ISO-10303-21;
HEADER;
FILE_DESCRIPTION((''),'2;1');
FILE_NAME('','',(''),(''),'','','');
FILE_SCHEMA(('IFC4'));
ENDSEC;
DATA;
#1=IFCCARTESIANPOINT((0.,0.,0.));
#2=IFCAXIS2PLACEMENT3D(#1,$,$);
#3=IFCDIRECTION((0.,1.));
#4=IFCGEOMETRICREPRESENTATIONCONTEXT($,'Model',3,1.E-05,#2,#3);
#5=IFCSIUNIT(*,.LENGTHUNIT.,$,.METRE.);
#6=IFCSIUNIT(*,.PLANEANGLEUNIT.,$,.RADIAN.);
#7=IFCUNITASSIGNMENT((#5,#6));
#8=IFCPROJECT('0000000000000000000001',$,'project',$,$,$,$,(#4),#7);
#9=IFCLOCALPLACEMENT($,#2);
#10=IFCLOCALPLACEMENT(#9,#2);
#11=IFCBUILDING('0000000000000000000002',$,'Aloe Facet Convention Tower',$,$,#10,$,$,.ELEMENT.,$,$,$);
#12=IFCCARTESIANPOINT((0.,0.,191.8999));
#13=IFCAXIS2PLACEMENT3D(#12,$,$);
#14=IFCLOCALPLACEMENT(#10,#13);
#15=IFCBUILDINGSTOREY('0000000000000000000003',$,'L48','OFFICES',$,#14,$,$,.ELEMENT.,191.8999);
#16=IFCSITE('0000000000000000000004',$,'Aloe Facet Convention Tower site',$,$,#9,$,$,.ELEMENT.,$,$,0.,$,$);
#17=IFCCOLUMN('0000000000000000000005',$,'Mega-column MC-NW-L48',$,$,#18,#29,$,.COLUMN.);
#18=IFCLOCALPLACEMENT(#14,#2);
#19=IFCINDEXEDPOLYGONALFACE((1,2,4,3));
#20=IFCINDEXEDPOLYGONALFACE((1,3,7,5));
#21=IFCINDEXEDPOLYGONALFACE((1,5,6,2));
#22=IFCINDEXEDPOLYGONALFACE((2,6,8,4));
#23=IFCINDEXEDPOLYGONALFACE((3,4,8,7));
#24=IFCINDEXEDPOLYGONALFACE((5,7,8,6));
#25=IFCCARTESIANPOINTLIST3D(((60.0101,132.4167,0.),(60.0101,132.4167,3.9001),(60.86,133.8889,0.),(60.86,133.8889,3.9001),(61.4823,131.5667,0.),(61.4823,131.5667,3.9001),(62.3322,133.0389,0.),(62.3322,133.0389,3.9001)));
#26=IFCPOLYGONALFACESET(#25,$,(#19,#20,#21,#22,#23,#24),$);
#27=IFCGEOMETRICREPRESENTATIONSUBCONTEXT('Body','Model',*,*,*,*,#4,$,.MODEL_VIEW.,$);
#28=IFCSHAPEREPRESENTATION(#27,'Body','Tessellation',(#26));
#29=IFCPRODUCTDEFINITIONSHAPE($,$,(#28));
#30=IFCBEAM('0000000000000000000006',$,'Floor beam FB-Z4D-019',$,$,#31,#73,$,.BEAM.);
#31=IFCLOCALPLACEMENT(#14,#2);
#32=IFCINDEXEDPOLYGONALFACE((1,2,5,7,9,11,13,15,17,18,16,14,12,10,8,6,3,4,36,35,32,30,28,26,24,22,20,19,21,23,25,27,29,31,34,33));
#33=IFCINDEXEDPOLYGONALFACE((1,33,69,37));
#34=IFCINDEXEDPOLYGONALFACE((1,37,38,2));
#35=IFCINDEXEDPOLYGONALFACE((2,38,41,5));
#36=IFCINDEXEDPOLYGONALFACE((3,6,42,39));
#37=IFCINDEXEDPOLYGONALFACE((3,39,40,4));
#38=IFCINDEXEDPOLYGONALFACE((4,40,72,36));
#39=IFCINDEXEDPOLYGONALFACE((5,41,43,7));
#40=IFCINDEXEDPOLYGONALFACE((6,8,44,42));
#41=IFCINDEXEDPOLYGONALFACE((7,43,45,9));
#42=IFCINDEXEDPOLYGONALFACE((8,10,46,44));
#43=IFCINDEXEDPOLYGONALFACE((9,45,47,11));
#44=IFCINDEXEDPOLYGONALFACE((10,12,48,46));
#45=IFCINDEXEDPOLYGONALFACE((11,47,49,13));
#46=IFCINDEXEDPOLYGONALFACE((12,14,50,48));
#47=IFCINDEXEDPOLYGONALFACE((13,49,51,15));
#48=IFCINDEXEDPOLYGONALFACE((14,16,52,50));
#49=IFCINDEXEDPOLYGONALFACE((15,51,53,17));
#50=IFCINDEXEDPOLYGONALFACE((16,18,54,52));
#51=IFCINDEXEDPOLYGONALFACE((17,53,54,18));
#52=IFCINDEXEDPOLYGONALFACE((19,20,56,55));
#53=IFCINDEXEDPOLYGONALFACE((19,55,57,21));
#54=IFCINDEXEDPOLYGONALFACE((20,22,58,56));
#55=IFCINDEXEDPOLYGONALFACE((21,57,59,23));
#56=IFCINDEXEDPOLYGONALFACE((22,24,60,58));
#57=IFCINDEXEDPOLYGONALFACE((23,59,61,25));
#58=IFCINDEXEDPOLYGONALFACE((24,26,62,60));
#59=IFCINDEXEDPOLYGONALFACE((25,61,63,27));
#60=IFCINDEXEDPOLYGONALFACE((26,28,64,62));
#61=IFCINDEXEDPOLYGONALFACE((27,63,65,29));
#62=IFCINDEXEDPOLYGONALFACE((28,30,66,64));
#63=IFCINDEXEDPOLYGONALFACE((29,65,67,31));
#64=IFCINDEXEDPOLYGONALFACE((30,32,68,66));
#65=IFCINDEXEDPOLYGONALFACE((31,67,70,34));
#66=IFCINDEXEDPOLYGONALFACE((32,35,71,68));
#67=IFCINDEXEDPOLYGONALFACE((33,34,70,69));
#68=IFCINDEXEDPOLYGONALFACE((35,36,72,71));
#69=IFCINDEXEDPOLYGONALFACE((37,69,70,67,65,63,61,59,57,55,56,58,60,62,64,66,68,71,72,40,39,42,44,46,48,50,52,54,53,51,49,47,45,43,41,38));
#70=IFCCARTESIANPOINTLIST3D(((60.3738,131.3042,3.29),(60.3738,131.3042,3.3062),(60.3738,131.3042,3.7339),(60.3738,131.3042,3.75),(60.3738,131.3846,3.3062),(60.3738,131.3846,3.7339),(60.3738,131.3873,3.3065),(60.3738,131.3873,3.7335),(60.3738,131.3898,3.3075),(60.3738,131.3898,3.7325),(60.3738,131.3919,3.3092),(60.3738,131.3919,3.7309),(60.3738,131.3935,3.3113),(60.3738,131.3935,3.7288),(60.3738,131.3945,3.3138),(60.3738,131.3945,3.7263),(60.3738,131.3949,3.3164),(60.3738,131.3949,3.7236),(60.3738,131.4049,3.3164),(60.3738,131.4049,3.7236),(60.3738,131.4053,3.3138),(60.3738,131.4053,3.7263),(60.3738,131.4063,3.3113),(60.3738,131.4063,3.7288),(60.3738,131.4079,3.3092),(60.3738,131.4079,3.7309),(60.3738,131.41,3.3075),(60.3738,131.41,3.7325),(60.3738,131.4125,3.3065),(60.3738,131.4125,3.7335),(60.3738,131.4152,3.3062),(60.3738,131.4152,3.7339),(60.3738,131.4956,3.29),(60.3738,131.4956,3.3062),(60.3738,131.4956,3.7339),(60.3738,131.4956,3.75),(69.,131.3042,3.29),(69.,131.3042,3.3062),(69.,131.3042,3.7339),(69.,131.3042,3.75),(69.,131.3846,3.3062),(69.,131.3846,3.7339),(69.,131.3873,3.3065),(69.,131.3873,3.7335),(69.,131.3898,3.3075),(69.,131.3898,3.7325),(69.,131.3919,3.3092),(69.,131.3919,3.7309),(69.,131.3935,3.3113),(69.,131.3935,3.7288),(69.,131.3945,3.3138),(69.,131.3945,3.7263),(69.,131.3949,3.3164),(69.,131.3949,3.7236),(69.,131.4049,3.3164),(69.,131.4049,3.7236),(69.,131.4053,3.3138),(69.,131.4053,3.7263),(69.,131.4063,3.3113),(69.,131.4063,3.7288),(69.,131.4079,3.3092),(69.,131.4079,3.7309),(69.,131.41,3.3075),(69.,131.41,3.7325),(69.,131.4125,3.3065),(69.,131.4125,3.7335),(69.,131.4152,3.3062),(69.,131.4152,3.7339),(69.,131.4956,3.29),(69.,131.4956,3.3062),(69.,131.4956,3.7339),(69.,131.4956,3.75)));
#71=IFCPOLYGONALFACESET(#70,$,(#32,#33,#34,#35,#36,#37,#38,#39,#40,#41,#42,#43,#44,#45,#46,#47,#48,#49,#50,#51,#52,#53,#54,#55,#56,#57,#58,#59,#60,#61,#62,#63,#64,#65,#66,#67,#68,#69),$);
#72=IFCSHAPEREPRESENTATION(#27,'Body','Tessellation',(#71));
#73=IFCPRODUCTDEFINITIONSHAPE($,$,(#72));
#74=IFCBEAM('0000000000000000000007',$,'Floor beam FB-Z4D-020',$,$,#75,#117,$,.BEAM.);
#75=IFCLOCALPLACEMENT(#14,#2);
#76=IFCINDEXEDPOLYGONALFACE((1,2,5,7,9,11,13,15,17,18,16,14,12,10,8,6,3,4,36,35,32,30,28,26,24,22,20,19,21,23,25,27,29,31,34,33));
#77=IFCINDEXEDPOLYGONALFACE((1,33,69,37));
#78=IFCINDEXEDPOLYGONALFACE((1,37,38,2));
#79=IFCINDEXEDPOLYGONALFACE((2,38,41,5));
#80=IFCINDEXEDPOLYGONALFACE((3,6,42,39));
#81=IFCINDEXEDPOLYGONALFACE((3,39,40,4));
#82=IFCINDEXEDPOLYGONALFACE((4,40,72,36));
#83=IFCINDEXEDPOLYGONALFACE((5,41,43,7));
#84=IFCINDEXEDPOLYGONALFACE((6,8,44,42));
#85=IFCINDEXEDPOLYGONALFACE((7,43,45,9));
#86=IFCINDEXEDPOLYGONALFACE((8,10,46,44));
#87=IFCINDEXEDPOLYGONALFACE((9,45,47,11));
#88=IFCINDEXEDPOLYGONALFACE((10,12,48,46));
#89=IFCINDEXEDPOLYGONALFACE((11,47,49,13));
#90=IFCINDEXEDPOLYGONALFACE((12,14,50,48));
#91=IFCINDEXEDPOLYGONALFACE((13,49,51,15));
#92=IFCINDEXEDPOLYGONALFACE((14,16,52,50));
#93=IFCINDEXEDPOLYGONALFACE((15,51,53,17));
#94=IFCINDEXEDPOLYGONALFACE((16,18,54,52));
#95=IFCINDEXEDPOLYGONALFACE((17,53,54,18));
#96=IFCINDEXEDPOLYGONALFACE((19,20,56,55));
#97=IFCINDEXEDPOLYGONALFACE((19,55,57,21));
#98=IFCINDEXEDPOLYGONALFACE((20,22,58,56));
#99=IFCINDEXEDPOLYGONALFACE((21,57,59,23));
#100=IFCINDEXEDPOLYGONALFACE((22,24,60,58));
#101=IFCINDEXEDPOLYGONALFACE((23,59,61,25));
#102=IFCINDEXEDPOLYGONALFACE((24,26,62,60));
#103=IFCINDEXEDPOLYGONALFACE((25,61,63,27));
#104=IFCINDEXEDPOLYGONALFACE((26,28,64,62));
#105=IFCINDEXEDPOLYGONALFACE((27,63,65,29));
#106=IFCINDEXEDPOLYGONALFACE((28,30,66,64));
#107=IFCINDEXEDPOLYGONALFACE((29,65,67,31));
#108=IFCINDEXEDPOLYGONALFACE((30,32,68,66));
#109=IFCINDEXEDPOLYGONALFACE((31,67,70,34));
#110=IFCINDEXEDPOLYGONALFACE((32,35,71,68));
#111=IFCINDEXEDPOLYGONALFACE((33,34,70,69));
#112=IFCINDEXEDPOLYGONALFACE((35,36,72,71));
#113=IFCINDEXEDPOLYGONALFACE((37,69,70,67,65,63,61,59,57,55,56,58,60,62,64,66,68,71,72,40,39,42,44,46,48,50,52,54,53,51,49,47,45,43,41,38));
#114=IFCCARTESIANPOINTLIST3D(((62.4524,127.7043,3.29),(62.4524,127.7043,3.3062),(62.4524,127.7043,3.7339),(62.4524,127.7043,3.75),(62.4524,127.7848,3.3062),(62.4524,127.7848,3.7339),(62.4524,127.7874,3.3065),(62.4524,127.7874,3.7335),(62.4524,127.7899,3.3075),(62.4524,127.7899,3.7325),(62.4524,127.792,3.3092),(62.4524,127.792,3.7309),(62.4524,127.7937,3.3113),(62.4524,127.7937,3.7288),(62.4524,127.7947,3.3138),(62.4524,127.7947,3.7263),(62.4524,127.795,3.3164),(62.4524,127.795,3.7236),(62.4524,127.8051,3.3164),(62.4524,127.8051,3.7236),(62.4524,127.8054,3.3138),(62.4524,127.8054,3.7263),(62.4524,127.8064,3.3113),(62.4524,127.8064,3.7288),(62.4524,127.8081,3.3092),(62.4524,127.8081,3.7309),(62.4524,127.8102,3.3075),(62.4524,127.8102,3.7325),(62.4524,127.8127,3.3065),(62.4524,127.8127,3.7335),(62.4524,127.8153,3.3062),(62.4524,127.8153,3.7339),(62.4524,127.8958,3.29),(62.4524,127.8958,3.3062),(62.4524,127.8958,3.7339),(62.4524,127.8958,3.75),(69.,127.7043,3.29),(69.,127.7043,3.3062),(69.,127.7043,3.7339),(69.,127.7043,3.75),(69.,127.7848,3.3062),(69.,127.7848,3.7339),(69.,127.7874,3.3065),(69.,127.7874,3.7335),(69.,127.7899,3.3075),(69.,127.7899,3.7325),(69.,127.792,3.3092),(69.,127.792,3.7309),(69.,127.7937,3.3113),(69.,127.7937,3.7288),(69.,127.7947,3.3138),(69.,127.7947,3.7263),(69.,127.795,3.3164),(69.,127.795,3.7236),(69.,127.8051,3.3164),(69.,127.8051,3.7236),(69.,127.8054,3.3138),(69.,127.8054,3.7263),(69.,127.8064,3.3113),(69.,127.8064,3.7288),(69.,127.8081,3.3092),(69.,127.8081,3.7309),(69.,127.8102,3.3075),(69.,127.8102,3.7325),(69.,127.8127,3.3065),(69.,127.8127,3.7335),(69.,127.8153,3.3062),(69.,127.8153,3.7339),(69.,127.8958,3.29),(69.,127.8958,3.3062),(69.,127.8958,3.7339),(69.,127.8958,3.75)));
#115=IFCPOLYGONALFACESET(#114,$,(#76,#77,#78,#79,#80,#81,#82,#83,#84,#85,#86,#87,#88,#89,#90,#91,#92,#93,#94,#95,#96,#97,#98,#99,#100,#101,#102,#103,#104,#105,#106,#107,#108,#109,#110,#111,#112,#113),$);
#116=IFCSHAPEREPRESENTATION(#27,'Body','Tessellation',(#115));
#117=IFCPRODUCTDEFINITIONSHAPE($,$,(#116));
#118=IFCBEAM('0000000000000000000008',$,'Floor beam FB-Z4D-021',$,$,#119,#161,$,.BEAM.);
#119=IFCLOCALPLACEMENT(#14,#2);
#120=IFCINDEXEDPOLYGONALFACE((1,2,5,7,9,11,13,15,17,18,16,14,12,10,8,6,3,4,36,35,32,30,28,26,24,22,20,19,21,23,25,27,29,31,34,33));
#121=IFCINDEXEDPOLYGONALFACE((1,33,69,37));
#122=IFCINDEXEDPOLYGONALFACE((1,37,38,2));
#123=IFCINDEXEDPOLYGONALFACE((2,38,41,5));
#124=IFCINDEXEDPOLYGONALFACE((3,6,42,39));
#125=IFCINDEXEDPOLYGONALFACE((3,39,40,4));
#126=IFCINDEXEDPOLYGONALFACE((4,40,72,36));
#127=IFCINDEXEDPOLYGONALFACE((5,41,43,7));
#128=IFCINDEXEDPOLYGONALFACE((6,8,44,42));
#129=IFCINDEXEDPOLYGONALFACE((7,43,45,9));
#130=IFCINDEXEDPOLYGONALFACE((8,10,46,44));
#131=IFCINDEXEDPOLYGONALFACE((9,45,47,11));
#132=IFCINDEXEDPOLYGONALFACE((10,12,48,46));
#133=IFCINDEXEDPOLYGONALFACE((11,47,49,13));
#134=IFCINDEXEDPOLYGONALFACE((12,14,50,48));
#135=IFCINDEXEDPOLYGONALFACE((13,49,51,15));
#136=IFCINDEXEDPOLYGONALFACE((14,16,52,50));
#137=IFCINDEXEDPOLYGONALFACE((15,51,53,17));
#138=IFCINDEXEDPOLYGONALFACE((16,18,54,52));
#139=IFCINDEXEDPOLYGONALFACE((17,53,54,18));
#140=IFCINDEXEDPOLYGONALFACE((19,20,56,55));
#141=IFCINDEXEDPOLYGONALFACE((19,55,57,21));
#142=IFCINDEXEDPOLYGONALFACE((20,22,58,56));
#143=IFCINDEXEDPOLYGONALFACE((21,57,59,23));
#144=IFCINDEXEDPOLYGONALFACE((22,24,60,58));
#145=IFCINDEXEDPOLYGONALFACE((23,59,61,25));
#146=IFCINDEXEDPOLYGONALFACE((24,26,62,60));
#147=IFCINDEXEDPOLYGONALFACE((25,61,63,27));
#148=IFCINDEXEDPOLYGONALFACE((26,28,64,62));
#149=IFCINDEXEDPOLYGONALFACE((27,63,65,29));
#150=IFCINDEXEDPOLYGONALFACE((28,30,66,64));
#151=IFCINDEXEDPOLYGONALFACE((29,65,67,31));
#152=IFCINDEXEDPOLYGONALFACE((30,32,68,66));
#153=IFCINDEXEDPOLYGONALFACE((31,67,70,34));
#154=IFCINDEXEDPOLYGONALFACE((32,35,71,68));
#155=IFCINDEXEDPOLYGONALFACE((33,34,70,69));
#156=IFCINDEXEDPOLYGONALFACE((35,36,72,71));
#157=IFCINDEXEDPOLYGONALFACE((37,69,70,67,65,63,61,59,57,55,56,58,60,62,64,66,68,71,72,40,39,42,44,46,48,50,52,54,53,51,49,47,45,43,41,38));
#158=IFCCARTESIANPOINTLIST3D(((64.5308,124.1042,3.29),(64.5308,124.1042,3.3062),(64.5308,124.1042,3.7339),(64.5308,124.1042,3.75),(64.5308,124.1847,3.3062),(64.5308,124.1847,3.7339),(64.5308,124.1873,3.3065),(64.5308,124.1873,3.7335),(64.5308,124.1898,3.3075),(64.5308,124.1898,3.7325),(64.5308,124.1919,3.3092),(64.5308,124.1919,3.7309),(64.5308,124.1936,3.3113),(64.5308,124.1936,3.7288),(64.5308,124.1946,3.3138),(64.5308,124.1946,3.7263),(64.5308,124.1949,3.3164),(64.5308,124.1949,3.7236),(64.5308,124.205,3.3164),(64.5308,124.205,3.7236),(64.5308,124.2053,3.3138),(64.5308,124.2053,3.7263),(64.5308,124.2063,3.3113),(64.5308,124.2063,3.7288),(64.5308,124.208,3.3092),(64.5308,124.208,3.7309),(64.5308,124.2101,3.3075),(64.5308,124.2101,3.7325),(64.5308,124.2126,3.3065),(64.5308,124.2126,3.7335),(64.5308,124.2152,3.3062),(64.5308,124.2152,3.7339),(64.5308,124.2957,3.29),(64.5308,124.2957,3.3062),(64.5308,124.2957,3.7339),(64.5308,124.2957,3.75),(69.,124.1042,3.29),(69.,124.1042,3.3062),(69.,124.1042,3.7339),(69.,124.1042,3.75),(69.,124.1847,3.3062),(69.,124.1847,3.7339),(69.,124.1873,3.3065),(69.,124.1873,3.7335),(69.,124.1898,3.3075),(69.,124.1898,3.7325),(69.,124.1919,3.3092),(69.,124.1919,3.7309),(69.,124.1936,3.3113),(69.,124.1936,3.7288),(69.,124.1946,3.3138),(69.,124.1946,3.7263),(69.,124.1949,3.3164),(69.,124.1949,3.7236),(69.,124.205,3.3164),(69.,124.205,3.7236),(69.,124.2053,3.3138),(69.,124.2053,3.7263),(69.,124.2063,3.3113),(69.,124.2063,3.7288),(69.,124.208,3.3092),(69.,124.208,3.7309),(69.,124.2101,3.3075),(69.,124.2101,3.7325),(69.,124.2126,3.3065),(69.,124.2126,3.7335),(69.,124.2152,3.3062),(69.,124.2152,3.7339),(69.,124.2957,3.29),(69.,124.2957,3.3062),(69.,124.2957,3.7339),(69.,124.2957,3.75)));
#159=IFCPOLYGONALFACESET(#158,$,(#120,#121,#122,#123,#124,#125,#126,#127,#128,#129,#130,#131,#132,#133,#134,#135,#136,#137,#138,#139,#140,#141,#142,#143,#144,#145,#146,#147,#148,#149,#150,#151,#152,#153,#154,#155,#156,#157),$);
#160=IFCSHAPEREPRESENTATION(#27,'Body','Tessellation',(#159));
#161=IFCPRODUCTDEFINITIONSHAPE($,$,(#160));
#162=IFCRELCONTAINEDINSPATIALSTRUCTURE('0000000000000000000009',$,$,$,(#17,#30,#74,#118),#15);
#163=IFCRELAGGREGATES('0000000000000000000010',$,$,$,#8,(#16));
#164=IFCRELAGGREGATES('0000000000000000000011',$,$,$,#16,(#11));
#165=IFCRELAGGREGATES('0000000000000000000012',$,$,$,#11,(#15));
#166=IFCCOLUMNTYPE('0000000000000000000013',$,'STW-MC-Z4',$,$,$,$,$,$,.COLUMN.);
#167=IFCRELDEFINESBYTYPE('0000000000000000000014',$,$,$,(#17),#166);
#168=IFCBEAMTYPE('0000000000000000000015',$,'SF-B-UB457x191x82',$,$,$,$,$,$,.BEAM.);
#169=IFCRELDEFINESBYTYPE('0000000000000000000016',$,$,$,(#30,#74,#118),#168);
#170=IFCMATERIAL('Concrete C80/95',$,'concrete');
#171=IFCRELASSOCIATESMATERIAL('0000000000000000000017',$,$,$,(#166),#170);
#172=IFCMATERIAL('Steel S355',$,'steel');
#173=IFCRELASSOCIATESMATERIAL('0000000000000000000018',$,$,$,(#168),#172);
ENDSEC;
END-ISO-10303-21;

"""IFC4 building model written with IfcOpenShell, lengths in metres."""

from ifc_helpers import new_model, si_unit, direction, frame, origin, origin_2d, place, context, subcontext, project, spatial, rectangle, i_section, extrude, material, material_profile, profile_set, type_object, element, save


model = new_model("IFC4")

# Units and contexts
model_context = context("Model", 3, precision=1e-05, world=origin(), true_north=direction((0.0, 1.0)))
body_context = subcontext(model_context, "Body", "Model", "MODEL_VIEW")
ifc_project = project(units=[si_unit("LENGTHUNIT", "METRE"), si_unit("PLANEANGLEUNIT", "RADIAN")], contexts=[model_context])

# Site, building, storey
site_placement = place(None, origin())
site = spatial("IfcSite", under=ifc_project, at=site_placement, Name="Aloe Facet Convention Tower site", CompositionType="ELEMENT", RefElevation=0.0)
building_placement = place(site_placement, origin())
building = spatial("IfcBuilding", under=site, at=building_placement, Name="Aloe Facet Convention Tower", CompositionType="ELEMENT")
storey_placement = place(building_placement, frame((0.0, 0.0, 191.8999)))
storey = spatial("IfcBuildingStorey", under=building, at=storey_placement, Name="L48", Description="OFFICES", CompositionType="ELEMENT", Elevation=191.8999)

# Column
ifc_material_1 = material(Name="Concrete C80/95", Category="concrete")
ifc_material_profile_1 = material_profile(ifc_material_1, rectangle(XDim=1.7, YDim=1.7, at=origin_2d()), Name="STW-MC-Z4")
ifc_profile_set_1 = profile_set([ifc_material_profile_1], Name="Concrete C80/95")
column_type = type_object("IfcColumnType", Name="STW-MC-Z4", PredefinedType="COLUMN", material=ifc_profile_set_1)
column_placement = place(storey_placement, frame((61.1711, 132.7278, 0.0), z_axis=(0.0, 0.0, 1.0), x_axis=(-0.5, -0.866025, 0.0)))
element("IfcColumn", 1, at=column_placement, inside=storey, type_object=column_type, Name="Mega-column MC-NW-L48", PredefinedType="COLUMN", context=body_context, shape_type="SweptSolid", body=[
    extrude(rectangle(XDim=1.7, YDim=1.7, at=origin_2d()), origin(), (0.0, 0.0, 1.0), 3.9001),
])

# Beams
ifc_material_2 = material(Name="Steel S355", Category="steel")
ifc_material_profile_2 = material_profile(ifc_material_2, i_section(OverallWidth=0.1914, OverallDepth=0.46, WebThickness=0.01, FlangeThickness=0.0161, FilletRadius=0.0103, at=origin_2d()), Name="UB 457x191x82")
ifc_profile_set_2 = profile_set([ifc_material_profile_2], Name="Steel S355")
beam_type_1 = type_object("IfcBeamType", Name="SF-B-UB457x191x82", PredefinedType="BEAM", material=ifc_profile_set_2)
beam_1_placement = place(storey_placement, frame((60.3738, 131.3999, 3.52), z_axis=(1.0, 0.0, 0.0), x_axis=(0.0, 1.0, 0.0)))
element("IfcBeam", 2, at=beam_1_placement, inside=storey, type_object=beam_type_1, Name="Floor beam FB-Z4D-019", PredefinedType="BEAM", context=body_context, shape_type="SweptSolid", body=[
    extrude(i_section(OverallWidth=0.1914, OverallDepth=0.46, WebThickness=0.01, FlangeThickness=0.0161, FilletRadius=0.0103, at=origin_2d()), origin(), (0.0, 0.0, 1.0), 8.6262),
])
beam_2_placement = place(storey_placement, frame((62.4524, 127.8, 3.52), z_axis=(1.0, 0.0, 0.0), x_axis=(0.0, 1.0, 0.0)))
element("IfcBeam", 3, at=beam_2_placement, inside=storey, type_object=beam_type_1, Name="Floor beam FB-Z4D-020", PredefinedType="BEAM", context=body_context, shape_type="SweptSolid", body=[
    extrude(i_section(OverallWidth=0.1914, OverallDepth=0.46, WebThickness=0.01, FlangeThickness=0.0161, FilletRadius=0.0103, at=origin_2d()), origin(), (0.0, 0.0, 1.0), 6.5476),
])
beam_3_placement = place(storey_placement, frame((64.5308, 124.2, 3.52), z_axis=(1.0, 0.0, 0.0), x_axis=(0.0, 1.0, 0.0)))
element("IfcBeam", 4, at=beam_3_placement, inside=storey, type_object=beam_type_1, Name="Floor beam FB-Z4D-021", PredefinedType="BEAM", context=body_context, shape_type="SweptSolid", body=[
    extrude(i_section(OverallWidth=0.1914, OverallDepth=0.46, WebThickness=0.01, FlangeThickness=0.0161, FilletRadius=0.0103, at=origin_2d()), origin(), (0.0, 0.0, 1.0), 4.4692),
])

save(model, "model.ifc")
